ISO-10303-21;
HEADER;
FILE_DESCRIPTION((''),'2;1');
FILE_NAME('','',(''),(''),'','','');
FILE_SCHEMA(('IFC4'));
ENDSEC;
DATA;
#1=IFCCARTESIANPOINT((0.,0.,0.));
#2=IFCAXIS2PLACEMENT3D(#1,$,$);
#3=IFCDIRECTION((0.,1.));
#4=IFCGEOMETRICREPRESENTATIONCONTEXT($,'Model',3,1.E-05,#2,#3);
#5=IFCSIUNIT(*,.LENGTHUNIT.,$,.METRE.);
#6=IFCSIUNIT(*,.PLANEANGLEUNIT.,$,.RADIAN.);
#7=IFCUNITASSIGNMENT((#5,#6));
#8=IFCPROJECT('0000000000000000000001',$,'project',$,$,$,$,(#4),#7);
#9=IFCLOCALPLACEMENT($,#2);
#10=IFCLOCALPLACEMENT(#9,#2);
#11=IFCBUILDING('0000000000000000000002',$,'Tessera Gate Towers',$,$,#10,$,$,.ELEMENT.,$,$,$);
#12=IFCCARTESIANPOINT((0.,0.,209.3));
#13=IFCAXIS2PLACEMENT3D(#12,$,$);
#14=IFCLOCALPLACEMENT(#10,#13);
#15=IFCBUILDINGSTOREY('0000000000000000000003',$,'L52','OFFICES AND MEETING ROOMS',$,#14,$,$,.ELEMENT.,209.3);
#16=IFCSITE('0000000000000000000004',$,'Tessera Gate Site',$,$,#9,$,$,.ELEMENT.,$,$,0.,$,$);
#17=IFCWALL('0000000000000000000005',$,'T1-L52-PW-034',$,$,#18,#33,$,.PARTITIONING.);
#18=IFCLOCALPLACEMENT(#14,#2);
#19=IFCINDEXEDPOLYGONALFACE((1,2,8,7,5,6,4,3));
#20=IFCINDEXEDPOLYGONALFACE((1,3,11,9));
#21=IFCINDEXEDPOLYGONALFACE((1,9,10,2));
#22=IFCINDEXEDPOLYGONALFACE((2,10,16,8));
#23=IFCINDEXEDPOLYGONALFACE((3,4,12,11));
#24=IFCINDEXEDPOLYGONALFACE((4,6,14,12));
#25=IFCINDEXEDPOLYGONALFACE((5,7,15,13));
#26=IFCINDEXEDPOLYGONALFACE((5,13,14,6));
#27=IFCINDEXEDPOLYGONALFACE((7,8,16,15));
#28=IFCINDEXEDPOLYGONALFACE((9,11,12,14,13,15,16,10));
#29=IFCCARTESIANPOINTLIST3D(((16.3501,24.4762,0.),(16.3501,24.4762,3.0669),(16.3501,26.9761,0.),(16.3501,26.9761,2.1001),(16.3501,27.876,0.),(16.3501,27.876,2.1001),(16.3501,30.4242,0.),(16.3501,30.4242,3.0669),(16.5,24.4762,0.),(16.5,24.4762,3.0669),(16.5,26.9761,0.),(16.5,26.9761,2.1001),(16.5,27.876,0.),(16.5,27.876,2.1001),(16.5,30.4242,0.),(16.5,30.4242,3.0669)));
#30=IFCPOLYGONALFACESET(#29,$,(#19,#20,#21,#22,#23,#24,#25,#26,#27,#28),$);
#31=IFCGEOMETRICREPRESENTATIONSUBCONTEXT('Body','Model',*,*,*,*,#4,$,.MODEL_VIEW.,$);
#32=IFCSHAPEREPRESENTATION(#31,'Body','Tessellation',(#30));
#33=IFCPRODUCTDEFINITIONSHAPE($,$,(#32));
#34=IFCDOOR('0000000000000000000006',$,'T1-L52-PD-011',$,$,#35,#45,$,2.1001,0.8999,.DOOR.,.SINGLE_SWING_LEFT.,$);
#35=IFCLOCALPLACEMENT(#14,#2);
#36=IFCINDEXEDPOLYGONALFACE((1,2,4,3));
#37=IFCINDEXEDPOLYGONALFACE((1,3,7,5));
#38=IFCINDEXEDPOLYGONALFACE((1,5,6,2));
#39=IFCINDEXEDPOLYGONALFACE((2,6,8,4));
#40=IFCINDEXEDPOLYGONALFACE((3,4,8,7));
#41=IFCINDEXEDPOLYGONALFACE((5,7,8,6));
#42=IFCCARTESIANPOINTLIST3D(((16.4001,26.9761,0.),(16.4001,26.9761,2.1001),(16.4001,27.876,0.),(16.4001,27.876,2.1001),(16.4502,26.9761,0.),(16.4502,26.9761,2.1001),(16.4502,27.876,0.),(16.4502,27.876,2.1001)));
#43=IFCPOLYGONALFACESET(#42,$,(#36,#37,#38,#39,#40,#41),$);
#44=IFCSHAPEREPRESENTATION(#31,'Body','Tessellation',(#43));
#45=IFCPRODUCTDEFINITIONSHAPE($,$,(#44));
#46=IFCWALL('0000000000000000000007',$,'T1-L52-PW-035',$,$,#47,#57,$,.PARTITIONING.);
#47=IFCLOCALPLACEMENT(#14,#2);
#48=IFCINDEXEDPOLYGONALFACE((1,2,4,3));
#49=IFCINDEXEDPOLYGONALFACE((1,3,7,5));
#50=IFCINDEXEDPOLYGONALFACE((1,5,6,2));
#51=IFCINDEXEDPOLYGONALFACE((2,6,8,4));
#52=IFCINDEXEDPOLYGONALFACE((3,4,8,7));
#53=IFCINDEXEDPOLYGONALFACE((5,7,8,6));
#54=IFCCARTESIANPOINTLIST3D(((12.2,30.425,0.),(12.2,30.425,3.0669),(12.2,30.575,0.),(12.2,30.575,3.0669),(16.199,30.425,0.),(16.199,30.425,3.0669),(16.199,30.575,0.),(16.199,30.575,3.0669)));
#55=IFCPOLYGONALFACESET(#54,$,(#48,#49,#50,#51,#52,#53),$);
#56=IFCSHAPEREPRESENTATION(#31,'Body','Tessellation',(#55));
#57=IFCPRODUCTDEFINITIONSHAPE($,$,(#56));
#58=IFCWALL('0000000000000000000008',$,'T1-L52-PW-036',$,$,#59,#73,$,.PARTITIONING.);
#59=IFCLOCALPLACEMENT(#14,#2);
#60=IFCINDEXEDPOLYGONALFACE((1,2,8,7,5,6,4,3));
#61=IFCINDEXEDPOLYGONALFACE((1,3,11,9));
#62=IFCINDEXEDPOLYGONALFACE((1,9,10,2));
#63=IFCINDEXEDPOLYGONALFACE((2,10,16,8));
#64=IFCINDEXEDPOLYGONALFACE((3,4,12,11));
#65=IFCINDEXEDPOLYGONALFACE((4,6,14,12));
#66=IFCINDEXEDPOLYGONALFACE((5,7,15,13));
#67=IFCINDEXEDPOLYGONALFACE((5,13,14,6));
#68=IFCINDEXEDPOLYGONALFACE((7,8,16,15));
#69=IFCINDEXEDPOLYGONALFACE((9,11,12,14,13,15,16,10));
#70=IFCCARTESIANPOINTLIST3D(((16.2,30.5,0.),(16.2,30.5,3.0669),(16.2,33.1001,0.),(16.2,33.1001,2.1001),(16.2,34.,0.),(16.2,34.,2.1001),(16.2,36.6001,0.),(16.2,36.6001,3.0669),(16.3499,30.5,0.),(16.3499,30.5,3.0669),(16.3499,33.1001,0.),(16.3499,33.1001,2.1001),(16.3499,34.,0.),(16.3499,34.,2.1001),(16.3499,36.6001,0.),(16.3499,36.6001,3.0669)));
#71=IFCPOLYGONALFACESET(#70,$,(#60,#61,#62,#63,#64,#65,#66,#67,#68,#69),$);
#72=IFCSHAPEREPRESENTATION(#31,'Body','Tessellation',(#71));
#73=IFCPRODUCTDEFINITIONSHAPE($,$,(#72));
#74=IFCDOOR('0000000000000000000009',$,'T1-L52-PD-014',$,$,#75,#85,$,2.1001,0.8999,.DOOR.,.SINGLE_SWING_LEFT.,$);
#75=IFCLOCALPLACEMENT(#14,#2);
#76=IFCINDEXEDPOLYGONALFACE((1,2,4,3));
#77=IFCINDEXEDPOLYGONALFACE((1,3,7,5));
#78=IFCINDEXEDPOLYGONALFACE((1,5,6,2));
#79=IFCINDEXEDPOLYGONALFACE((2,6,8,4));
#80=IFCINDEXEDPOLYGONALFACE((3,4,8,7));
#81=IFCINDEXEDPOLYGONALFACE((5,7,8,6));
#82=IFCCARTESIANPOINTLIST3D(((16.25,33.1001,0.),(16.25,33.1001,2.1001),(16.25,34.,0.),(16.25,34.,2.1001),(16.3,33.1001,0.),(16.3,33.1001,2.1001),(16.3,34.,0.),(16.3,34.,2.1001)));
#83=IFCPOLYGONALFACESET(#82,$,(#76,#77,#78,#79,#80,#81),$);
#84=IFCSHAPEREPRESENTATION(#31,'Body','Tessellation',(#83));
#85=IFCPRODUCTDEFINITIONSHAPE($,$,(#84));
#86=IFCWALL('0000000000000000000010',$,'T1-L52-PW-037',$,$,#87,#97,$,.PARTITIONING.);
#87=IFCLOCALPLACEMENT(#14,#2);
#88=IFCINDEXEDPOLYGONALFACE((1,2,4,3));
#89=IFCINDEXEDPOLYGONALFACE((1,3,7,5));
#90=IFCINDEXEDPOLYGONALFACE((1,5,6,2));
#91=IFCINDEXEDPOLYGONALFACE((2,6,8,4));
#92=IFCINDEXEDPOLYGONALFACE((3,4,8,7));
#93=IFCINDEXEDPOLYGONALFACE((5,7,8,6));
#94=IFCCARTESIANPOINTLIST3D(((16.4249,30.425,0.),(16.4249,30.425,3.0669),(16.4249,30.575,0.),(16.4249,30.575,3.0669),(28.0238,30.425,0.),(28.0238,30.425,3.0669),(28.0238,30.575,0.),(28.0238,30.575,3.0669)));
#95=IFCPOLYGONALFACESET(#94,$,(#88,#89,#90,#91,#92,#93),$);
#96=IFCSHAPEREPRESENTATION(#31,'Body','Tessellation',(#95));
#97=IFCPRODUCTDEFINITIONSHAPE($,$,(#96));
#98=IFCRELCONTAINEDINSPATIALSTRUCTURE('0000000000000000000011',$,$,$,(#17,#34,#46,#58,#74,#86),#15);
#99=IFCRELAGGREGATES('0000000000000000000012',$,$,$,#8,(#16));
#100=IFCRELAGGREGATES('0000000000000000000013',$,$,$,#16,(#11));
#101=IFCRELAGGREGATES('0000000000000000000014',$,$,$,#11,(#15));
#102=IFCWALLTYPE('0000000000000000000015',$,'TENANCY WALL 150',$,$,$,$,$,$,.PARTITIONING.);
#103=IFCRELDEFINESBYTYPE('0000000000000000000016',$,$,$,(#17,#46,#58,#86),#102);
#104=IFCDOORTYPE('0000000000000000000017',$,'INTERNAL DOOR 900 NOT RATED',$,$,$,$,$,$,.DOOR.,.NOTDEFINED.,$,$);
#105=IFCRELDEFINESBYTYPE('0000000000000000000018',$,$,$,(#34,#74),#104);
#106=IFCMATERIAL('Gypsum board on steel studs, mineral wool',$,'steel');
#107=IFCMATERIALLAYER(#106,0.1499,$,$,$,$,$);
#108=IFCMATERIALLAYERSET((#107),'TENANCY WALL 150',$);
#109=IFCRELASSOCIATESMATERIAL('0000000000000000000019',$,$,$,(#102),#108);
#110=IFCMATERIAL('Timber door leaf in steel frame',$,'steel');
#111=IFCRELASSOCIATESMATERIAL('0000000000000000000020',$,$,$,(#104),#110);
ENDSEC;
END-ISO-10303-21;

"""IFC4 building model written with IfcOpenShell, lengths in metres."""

from ifc_helpers import new_model, si_unit, direction, frame, frame_2d, origin, place, context, subcontext, project, spatial, rectangle, extrude, source, transform, mapped, material, layer, layer_set, type_object, element, fill, save


model = new_model("IFC4")

# Units and contexts
model_context = context("Model", 3, precision=1e-05, world=origin(), true_north=direction((0.0, 1.0)))
body_context = subcontext(model_context, "Body", "Model", "MODEL_VIEW")
ifc_project = project(units=[si_unit("LENGTHUNIT", "METRE"), si_unit("PLANEANGLEUNIT", "RADIAN")], contexts=[model_context])

# Site, building, storey
site_placement = place(None, origin())
site = spatial("IfcSite", under=ifc_project, at=site_placement, Name="Tessera Gate Site", CompositionType="ELEMENT", RefElevation=0.0)
building_placement = place(site_placement, origin())
building = spatial("IfcBuilding", under=site, at=building_placement, Name="Tessera Gate Towers", CompositionType="ELEMENT")
storey_placement = place(building_placement, frame((0.0, 0.0, 209.3)))
storey = spatial("IfcBuildingStorey", under=building, at=storey_placement, Name="L52", Description="OFFICES AND MEETING ROOMS", CompositionType="ELEMENT", Elevation=209.3)

# Shared definitions
shared_shape_1 = source(origin(), body_context, "Body", "SweptSolid", [
    extrude(rectangle(XDim=0.8999, YDim=2.1001, at=frame_2d((0.45, 1.05))), frame((0.0, 0.0249, 0.0), z_axis=(0.0, -1.0, 0.0), x_axis=(1.0, 0.0, 0.0)), (0.0, 0.0, 1.0), 0.05),
])

# Shared definitions
ifc_material_1 = material(Name="Gypsum board on steel studs, mineral wool", Category="steel")
ifc_layer_1 = layer(ifc_material_1, 0.1499)
ifc_layer_set_1 = layer_set([ifc_layer_1], Name="TENANCY WALL 150")
wall_type_1 = type_object("IfcWallType", Name="TENANCY WALL 150", PredefinedType="PARTITIONING", material=ifc_layer_set_1)

# Wall, opening, door
wall_1_placement = place(storey_placement, frame((16.425, 24.4761, 0.0), z_axis=(0.0, 0.0, 1.0), x_axis=(0.0, 1.0, 0.0)))
wall_1 = element("IfcWall", 1, at=wall_1_placement, inside=storey, type_object=wall_type_1, Name="T1-L52-PW-034", PredefinedType="PARTITIONING", context=body_context, shape_type="SweptSolid", body=[
    extrude(rectangle(XDim=5.948, YDim=0.1499, at=frame_2d((2.9741, 0.0))), origin(), (0.0, 0.0, 1.0), 3.0669),
])
shared_shape_2 = source(origin(), body_context, "Body", "SweptSolid", [
    extrude(rectangle(XDim=0.8999, YDim=2.1001, at=frame_2d((0.45, 1.05))), frame((0.0, 0.085, 0.0), z_axis=(0.0, -1.0, 0.0), x_axis=(1.0, 0.0, 0.0)), (0.0, 0.0, 1.0), 0.1699),
])
opening_1_placement = place(wall_1_placement, frame((2.5, 0.0, 0.0)))
opening_1 = element("IfcOpeningElement", 2, at=opening_1_placement, cuts=wall_1, PredefinedType="OPENING", context=body_context, shape_type="MappedRepresentation", body=[
    mapped(shared_shape_2, transform((0.0, 0.0, 0.0), scale=1.0)),
])
ifc_material_2 = material(Name="Timber door leaf in steel frame", Category="steel")
door_type_1 = type_object("IfcDoorType", Name="INTERNAL DOOR 900 NOT RATED", OperationType="NOTDEFINED", PredefinedType="DOOR", material=ifc_material_2)
door_1_placement = place(opening_1_placement, origin())
door_1 = element("IfcDoor", 3, at=door_1_placement, inside=storey, type_object=door_type_1, Name="T1-L52-PD-011", OperationType="SINGLE_SWING_LEFT", OverallHeight=2.1001, OverallWidth=0.8999, PredefinedType="DOOR", context=body_context, shape_type="MappedRepresentation", body=[
    mapped(shared_shape_1, transform((0.0, 0.0, 0.0), scale=1.0)),
])
fill(opening_1, door_1)

# Wall
wall_2_placement = place(storey_placement, frame((12.2, 30.5, 0.0), z_axis=(0.0, 0.0, 1.0), x_axis=(1.0, 0.0, 0.0)))
element("IfcWall", 4, at=wall_2_placement, inside=storey, type_object=wall_type_1, Name="T1-L52-PW-035", PredefinedType="PARTITIONING", context=body_context, shape_type="SweptSolid", body=[
    extrude(rectangle(XDim=3.999, YDim=0.1499, at=frame_2d((1.9995, 0.0))), origin(), (0.0, 0.0, 1.0), 3.0669),
])

# Wall, opening, door
wall_3_placement = place(storey_placement, frame((16.2749, 30.5, 0.0), z_axis=(0.0, 0.0, 1.0), x_axis=(0.0, 1.0, 0.0)))
wall_3 = element("IfcWall", 5, at=wall_3_placement, inside=storey, type_object=wall_type_1, Name="T1-L52-PW-036", PredefinedType="PARTITIONING", context=body_context, shape_type="SweptSolid", body=[
    extrude(rectangle(XDim=6.1001, YDim=0.1499, at=frame_2d((3.05, 0.0))), origin(), (0.0, 0.0, 1.0), 3.0669),
])
opening_2_placement = place(wall_3_placement, frame((2.6001, 0.0, 0.0)))
opening_2 = element("IfcOpeningElement", 6, at=opening_2_placement, cuts=wall_3, PredefinedType="OPENING", context=body_context, shape_type="MappedRepresentation", body=[
    mapped(shared_shape_2, transform((0.0, 0.0, 0.0), scale=1.0)),
])
door_2_placement = place(opening_2_placement, origin())
door_2 = element("IfcDoor", 7, at=door_2_placement, inside=storey, type_object=door_type_1, Name="T1-L52-PD-014", OperationType="SINGLE_SWING_LEFT", OverallHeight=2.1001, OverallWidth=0.8999, PredefinedType="DOOR", context=body_context, shape_type="MappedRepresentation", body=[
    mapped(shared_shape_1, transform((0.0, 0.0, 0.0), scale=1.0)),
])
fill(opening_2, door_2)

# Wall
wall_4_placement = place(storey_placement, frame((16.425, 30.5, 0.0), z_axis=(0.0, 0.0, 1.0), x_axis=(1.0, 0.0, 0.0)))
element("IfcWall", 8, at=wall_4_placement, inside=storey, type_object=wall_type_1, Name="T1-L52-PW-037", PredefinedType="PARTITIONING", context=body_context, shape_type="SweptSolid", body=[
    extrude(rectangle(XDim=11.5989, YDim=0.1499, at=frame_2d((5.7993, 0.0))), origin(), (0.0, 0.0, 1.0), 3.0669),
])

save(model, "model.ifc")
